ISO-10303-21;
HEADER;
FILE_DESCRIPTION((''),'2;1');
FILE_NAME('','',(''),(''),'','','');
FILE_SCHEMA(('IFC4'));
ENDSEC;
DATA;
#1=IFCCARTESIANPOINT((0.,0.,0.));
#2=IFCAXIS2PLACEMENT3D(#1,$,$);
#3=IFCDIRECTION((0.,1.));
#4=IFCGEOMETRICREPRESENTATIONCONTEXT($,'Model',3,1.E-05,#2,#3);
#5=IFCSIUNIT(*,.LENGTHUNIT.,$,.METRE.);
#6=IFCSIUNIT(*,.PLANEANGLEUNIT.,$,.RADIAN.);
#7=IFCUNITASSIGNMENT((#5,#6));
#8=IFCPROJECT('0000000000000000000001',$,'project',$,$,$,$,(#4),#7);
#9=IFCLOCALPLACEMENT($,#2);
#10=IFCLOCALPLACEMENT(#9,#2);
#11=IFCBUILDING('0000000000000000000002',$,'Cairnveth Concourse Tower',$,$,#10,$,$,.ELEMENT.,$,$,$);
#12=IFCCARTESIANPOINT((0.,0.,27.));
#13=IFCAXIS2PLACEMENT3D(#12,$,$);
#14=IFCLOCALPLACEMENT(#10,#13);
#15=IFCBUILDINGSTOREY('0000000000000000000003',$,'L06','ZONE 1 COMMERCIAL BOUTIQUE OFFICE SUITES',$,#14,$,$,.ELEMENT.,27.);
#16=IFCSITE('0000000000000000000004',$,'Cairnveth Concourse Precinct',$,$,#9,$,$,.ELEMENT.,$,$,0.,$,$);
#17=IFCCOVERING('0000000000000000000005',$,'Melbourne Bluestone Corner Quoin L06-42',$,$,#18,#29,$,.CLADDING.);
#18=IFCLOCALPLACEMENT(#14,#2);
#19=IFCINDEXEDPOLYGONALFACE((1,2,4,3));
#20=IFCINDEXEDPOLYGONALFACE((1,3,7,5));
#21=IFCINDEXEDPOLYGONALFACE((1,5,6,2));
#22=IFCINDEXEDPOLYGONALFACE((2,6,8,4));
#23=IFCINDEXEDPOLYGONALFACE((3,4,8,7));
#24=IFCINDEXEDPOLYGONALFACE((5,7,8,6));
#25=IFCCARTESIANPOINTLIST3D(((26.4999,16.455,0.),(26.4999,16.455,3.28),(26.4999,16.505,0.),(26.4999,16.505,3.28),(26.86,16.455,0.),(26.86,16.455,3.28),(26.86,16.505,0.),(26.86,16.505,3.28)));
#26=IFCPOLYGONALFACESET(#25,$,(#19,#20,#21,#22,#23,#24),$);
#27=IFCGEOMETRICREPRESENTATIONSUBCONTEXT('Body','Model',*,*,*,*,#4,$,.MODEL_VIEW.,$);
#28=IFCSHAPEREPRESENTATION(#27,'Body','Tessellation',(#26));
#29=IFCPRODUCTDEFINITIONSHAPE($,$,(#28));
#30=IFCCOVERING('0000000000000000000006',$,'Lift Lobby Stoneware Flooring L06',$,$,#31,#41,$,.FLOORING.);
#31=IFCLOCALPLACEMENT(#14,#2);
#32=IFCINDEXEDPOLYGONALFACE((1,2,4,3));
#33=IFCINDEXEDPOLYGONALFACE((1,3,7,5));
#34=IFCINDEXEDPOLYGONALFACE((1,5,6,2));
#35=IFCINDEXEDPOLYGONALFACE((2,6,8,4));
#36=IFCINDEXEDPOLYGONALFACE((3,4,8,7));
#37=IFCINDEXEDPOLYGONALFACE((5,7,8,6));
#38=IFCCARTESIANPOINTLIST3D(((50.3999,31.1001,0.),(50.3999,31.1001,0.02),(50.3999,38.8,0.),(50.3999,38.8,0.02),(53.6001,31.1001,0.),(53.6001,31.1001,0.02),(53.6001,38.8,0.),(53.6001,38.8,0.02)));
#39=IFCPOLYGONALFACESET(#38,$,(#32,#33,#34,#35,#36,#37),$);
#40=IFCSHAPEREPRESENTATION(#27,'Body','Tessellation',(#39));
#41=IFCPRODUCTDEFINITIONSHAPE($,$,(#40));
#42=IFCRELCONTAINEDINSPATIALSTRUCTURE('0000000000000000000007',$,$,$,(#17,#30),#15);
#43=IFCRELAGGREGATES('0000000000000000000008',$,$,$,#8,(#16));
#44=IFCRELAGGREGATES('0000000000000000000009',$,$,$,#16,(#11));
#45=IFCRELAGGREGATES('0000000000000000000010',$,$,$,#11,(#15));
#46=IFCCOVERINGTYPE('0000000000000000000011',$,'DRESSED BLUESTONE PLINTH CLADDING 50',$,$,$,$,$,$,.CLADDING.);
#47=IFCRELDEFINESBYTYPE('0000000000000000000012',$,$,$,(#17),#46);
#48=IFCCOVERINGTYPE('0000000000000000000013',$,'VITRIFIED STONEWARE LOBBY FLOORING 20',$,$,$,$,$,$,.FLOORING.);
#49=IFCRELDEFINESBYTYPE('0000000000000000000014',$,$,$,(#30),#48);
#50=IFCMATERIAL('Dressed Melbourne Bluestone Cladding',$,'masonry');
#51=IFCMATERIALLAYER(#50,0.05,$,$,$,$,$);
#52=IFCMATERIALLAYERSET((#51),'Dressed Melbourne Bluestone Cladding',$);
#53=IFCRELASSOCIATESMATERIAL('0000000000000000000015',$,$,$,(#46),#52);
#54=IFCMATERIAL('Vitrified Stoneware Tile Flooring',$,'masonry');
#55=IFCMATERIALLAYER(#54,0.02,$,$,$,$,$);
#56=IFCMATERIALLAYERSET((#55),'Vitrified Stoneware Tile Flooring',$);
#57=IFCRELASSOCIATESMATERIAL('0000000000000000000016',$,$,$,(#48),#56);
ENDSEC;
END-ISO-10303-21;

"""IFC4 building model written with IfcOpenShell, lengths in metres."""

from ifc_helpers import new_model, si_unit, direction, frame, frame_2d, origin, place, context, subcontext, project, spatial, polyline, rectangle, outline, extrude, material, layer, layer_set, type_object, element, save


model = new_model("IFC4")

# Units and contexts
model_context = context("Model", 3, precision=1e-05, world=origin(), true_north=direction((0.0, 1.0)))
body_context = subcontext(model_context, "Body", "Model", "MODEL_VIEW")
ifc_project = project(units=[si_unit("LENGTHUNIT", "METRE"), si_unit("PLANEANGLEUNIT", "RADIAN")], contexts=[model_context])

# Site, building, storey
site_placement = place(None, origin())
site = spatial("IfcSite", under=ifc_project, at=site_placement, Name="Cairnveth Concourse Precinct", CompositionType="ELEMENT", RefElevation=0.0)
building_placement = place(site_placement, origin())
building = spatial("IfcBuilding", under=site, at=building_placement, Name="Cairnveth Concourse Tower", CompositionType="ELEMENT")
storey_placement = place(building_placement, frame((0.0, 0.0, 27.0)))
storey = spatial("IfcBuildingStorey", under=building, at=storey_placement, Name="L06", Description="ZONE 1 COMMERCIAL BOUTIQUE OFFICE SUITES", CompositionType="ELEMENT", Elevation=27.0)

# Coverings
ifc_material_1 = material(Name="Dressed Melbourne Bluestone Cladding", Category="masonry")
ifc_layer_1 = layer(ifc_material_1, 0.05)
ifc_layer_set_1 = layer_set([ifc_layer_1], Name="Dressed Melbourne Bluestone Cladding")
covering_type_1 = type_object("IfcCoveringType", Name="DRESSED BLUESTONE PLINTH CLADDING 50", PredefinedType="CLADDING", material=ifc_layer_set_1)
covering_1_placement = place(storey_placement, frame((26.8601, 16.48, 0.0), z_axis=(0.0, 0.0, 1.0), x_axis=(-1.0, 0.0, 0.0)))
element("IfcCovering", 1, at=covering_1_placement, inside=storey, type_object=covering_type_1, Name="Melbourne Bluestone Corner Quoin L06-42", PredefinedType="CLADDING", context=body_context, shape_type="SweptSolid", body=[
    extrude(rectangle(XDim=0.3601, YDim=0.05, at=frame_2d((0.1802, 0.0))), origin(), (0.0, 0.0, 1.0), 3.28),
])
ifc_material_2 = material(Name="Vitrified Stoneware Tile Flooring", Category="masonry")
ifc_layer_2 = layer(ifc_material_2, 0.02)
ifc_layer_set_2 = layer_set([ifc_layer_2], Name="Vitrified Stoneware Tile Flooring")
covering_type_2 = type_object("IfcCoveringType", Name="VITRIFIED STONEWARE LOBBY FLOORING 20", PredefinedType="FLOORING", material=ifc_layer_set_2)
covering_2_placement = place(storey_placement, origin())
element("IfcCovering", 2, at=covering_2_placement, inside=storey, type_object=covering_type_2, Name="Lift Lobby Stoneware Flooring L06", PredefinedType="FLOORING", context=body_context, shape_type="SweptSolid", body=[
    extrude(outline(polyline([(50.3999, 31.1001), (53.6001, 31.1001), (53.6001, 38.8), (50.3999, 38.8), (50.3999, 31.1001)])), origin(), (0.0, 0.0, 1.0), 0.02),
])

save(model, "model.ifc")
